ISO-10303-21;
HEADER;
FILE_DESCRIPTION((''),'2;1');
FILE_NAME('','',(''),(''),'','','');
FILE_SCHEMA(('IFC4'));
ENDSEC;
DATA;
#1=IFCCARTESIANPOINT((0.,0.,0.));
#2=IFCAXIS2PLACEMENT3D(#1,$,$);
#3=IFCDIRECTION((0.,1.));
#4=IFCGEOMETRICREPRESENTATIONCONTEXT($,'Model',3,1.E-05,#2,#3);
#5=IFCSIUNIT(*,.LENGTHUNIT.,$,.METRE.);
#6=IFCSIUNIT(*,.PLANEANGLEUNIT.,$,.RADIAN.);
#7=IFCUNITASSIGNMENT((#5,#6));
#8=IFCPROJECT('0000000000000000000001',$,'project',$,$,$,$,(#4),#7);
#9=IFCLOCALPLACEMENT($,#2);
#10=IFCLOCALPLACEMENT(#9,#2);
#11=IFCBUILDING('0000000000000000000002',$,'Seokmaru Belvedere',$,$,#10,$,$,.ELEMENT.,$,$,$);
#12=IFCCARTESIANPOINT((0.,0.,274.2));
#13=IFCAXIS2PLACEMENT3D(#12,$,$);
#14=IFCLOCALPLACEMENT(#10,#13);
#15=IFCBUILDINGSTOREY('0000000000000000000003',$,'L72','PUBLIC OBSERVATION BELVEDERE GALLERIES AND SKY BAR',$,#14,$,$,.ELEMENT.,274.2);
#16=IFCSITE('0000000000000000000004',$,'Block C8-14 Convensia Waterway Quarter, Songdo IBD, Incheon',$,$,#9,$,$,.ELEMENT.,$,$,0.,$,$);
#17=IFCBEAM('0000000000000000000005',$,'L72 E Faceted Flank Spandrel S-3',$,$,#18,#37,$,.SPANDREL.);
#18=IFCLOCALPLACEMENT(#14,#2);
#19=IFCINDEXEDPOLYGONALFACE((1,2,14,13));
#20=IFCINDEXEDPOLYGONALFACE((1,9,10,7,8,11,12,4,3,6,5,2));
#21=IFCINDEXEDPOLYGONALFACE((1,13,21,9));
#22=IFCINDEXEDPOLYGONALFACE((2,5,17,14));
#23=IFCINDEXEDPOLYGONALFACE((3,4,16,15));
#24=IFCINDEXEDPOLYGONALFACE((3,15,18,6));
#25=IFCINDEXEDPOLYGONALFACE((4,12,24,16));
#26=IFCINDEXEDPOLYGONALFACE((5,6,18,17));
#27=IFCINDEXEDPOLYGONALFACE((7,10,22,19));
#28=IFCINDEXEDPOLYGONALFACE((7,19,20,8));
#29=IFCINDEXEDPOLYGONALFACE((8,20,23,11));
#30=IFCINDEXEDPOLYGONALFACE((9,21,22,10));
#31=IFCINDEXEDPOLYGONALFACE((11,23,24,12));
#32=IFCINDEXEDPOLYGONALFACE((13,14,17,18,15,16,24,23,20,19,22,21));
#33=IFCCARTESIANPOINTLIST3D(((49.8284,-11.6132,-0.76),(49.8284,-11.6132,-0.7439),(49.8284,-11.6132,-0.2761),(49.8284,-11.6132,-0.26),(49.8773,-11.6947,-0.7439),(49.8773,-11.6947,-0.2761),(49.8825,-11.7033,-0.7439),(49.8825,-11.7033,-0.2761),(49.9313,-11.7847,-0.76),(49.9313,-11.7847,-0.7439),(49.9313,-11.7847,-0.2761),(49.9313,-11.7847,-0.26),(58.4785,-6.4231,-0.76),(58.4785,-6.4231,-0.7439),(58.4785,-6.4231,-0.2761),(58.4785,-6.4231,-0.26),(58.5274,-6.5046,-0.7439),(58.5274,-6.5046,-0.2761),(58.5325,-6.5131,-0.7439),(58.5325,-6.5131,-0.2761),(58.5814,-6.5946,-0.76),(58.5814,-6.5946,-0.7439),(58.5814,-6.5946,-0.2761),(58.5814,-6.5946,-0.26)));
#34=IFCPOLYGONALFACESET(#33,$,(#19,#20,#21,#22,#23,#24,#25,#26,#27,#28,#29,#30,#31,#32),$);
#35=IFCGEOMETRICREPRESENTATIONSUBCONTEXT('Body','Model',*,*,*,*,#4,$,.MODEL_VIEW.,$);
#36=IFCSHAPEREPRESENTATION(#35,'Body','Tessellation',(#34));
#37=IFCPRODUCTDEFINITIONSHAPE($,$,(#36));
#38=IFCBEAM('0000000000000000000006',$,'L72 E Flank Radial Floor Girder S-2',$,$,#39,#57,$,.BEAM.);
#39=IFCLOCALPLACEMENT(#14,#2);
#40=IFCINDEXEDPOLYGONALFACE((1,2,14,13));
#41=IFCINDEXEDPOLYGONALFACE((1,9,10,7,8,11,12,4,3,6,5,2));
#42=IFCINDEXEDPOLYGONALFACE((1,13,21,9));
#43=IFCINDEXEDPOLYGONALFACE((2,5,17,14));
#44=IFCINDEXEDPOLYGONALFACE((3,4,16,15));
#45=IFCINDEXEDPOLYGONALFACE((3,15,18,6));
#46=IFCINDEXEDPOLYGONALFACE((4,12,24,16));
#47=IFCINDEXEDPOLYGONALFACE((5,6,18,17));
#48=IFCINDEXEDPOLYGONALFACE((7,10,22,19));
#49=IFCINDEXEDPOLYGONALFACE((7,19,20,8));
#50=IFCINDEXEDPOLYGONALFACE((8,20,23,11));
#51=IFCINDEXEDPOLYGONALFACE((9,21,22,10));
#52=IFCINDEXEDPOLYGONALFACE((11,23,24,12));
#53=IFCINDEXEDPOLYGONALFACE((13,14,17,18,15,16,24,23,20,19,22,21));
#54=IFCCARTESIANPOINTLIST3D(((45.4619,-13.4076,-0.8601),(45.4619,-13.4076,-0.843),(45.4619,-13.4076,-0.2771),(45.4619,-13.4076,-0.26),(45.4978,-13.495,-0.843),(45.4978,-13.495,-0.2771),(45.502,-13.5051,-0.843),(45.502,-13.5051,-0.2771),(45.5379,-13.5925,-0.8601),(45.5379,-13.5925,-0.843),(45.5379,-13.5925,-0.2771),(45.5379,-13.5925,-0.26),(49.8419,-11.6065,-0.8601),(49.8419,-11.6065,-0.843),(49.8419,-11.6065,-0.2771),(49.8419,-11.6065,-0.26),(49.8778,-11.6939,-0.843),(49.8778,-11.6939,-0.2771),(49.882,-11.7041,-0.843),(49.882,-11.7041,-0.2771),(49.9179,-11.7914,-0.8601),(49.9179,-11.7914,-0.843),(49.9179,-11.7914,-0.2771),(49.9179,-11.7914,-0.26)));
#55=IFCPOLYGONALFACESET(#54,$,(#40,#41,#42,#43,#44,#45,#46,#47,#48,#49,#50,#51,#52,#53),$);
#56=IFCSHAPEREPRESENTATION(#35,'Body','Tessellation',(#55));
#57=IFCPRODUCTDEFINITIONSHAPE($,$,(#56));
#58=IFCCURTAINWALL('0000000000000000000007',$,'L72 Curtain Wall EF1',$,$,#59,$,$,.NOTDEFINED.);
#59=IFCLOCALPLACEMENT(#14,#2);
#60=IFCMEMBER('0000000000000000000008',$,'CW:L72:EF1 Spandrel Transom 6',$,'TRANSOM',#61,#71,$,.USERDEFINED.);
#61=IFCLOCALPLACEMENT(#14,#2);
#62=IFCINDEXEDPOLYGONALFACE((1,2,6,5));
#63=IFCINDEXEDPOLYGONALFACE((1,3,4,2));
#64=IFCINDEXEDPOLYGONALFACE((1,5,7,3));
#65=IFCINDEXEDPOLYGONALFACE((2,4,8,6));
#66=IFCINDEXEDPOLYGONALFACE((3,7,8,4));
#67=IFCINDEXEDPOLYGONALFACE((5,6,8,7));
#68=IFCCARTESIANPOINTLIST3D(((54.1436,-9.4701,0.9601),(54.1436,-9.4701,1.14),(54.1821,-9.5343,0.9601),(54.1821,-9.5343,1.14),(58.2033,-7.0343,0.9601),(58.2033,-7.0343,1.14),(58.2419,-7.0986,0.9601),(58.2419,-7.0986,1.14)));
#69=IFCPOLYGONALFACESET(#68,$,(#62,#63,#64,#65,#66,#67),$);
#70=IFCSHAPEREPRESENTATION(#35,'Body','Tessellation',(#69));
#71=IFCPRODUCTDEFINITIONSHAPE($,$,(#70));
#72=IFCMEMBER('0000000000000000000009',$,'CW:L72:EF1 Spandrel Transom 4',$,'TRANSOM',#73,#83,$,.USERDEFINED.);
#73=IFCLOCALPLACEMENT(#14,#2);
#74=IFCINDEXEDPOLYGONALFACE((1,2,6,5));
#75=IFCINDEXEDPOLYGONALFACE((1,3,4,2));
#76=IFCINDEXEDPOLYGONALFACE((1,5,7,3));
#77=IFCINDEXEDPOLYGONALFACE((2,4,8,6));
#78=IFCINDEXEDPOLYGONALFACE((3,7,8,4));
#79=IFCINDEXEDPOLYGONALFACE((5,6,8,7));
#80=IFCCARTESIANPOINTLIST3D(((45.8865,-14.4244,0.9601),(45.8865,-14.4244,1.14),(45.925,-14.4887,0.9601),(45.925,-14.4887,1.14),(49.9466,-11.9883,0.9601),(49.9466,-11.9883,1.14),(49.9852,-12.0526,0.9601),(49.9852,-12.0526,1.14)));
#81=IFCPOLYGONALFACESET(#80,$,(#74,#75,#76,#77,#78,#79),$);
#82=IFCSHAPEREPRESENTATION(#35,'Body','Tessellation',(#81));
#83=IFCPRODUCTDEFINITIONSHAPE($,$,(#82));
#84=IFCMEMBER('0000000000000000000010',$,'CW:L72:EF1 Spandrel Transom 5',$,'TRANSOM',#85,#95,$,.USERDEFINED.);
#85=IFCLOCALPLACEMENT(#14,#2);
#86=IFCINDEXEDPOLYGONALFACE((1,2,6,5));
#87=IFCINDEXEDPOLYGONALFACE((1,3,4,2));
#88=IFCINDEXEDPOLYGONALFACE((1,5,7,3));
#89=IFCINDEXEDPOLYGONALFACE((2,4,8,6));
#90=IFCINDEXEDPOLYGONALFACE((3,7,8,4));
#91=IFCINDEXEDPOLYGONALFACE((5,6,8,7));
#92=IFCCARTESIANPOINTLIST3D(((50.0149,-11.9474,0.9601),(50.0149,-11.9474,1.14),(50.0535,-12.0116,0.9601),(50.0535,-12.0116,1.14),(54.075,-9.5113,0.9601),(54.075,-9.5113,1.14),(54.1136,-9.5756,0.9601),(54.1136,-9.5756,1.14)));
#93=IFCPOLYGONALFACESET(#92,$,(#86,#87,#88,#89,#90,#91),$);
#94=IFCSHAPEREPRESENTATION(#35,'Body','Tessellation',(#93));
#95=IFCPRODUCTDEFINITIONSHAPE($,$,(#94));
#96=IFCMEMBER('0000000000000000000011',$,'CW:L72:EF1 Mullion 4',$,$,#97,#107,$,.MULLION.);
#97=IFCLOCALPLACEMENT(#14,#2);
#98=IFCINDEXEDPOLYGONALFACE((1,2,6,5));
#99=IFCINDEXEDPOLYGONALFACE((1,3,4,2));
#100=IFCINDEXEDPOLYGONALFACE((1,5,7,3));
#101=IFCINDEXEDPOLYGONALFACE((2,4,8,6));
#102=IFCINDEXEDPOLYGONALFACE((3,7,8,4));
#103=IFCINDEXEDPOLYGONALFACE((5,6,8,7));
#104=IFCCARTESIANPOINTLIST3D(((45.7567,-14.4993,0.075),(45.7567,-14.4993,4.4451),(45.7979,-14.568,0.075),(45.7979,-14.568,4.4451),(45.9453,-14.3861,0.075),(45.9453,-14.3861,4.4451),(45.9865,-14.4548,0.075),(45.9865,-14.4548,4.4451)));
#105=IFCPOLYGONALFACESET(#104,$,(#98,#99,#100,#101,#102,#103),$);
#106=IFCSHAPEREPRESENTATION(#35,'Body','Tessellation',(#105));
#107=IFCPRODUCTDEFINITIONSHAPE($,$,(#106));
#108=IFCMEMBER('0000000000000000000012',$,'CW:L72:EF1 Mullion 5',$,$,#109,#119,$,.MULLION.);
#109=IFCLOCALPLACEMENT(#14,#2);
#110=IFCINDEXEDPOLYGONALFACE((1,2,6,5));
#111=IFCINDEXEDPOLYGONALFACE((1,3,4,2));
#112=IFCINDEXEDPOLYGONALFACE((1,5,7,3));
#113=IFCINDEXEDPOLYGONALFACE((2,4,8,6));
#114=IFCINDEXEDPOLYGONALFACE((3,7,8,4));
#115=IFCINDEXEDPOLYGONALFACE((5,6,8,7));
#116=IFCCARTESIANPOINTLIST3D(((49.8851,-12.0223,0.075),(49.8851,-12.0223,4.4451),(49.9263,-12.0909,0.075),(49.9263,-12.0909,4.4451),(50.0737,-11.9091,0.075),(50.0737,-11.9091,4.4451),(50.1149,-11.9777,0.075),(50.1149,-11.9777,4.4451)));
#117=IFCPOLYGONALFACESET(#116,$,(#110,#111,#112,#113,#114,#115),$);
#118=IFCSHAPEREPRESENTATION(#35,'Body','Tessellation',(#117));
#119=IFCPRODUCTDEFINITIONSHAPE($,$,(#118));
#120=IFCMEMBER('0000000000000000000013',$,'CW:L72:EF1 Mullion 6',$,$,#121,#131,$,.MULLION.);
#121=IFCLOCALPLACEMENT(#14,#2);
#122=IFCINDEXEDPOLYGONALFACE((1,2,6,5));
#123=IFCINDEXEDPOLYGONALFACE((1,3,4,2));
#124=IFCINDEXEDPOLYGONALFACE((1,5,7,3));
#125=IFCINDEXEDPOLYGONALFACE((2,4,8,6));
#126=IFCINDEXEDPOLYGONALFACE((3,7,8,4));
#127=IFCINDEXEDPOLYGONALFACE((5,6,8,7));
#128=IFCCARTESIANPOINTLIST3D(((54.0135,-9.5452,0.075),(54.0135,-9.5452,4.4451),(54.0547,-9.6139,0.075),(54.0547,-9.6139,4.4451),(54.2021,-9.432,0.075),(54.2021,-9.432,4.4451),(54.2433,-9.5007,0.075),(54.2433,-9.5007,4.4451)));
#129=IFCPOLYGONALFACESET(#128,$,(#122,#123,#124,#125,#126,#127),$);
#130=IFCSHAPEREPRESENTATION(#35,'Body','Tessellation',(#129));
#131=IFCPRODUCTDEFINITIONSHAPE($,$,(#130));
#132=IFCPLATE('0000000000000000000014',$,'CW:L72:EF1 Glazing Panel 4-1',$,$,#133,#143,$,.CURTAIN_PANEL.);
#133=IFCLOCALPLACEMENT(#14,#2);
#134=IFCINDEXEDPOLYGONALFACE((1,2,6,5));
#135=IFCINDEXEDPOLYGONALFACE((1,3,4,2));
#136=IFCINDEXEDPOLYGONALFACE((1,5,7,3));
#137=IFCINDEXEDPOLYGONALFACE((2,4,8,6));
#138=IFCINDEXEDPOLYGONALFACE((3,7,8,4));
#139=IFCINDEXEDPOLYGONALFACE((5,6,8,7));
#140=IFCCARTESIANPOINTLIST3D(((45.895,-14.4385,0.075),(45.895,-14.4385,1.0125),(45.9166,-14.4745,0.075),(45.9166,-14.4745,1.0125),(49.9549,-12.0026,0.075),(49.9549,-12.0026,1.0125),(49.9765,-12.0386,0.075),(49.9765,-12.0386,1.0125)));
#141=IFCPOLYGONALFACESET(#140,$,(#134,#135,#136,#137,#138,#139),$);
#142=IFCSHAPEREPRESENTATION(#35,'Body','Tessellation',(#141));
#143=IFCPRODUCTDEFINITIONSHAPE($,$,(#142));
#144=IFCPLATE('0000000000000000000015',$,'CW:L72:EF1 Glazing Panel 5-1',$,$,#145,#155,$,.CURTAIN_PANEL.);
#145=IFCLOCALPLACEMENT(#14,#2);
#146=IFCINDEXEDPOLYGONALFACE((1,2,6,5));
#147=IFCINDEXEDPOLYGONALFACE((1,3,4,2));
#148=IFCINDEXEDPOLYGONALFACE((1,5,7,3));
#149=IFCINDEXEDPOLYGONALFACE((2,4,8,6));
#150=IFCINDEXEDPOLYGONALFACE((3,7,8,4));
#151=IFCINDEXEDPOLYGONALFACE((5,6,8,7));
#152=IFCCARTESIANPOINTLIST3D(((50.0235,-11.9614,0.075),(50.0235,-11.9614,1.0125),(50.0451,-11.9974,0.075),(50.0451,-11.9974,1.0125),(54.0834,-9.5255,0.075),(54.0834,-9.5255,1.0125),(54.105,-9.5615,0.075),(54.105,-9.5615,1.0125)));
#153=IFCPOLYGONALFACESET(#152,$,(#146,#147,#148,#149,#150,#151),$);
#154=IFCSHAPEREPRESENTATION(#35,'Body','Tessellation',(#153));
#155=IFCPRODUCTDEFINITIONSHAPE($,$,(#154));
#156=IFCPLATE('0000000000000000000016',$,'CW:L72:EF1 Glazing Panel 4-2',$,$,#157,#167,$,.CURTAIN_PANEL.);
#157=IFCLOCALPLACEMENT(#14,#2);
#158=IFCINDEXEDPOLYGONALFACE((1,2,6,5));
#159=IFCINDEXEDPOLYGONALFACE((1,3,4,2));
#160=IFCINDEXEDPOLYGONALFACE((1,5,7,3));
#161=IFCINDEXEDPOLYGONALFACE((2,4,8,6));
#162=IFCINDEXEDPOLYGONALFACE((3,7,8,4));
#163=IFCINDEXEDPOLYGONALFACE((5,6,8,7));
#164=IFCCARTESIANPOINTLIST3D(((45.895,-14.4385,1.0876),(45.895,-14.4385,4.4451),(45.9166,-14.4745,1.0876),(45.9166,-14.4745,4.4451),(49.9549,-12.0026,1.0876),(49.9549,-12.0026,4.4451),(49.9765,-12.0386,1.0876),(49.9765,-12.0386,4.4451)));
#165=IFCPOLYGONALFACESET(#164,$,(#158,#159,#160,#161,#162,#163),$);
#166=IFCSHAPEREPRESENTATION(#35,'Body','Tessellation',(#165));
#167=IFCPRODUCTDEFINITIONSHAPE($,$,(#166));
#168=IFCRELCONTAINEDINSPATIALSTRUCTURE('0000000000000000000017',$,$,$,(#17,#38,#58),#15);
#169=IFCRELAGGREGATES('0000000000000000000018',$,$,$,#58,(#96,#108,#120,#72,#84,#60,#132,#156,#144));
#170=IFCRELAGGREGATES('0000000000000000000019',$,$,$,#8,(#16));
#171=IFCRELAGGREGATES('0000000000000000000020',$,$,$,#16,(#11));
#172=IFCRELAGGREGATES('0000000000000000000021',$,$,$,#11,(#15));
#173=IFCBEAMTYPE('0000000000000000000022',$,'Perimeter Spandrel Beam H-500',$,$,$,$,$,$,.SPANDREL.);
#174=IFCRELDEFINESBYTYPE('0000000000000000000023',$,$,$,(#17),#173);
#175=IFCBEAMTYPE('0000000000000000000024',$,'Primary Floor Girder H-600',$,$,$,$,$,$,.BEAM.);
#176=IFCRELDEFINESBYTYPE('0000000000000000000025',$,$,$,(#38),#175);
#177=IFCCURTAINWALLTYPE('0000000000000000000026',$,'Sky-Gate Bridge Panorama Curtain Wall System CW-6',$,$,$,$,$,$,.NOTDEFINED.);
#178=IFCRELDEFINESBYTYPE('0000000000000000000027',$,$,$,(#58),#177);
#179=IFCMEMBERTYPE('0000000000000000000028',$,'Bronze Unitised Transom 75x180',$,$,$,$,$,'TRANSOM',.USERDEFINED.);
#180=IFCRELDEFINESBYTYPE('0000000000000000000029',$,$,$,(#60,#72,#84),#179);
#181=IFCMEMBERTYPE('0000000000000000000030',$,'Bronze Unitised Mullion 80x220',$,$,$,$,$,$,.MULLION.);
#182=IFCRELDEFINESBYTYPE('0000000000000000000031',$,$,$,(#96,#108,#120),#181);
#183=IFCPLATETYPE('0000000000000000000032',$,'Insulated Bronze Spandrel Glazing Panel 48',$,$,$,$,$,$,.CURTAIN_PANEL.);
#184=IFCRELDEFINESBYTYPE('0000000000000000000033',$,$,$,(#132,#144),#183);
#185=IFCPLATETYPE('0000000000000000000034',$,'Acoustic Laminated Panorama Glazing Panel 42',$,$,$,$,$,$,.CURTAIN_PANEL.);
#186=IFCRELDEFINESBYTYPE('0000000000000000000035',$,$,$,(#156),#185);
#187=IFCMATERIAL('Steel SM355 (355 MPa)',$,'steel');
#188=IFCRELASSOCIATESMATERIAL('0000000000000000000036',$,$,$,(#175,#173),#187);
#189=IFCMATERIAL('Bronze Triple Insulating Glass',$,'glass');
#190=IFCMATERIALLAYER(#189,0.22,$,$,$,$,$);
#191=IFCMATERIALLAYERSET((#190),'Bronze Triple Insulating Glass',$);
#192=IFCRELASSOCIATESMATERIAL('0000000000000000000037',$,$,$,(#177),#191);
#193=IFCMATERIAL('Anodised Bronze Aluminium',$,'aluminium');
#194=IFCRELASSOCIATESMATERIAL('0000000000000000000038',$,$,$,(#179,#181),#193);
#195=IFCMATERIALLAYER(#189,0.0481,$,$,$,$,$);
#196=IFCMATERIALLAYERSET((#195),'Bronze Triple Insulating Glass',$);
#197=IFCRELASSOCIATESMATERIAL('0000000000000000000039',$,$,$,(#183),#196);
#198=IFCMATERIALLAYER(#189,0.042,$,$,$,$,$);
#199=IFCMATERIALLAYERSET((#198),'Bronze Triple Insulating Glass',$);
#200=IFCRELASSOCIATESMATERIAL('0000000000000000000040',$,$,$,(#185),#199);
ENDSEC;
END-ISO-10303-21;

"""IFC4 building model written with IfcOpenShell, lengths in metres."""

from ifc_helpers import new_model, si_unit, direction, frame, origin, origin_2d, place, context, subcontext, project, spatial, rectangle, i_section, extrude, source, transform, mapped, material, layer, layer_set, material_profile, profile_set, type_object, type_shapes, element, aggregate, save


model = new_model("IFC4")

# Units and contexts
model_context = context("Model", 3, precision=1e-05, world=origin(), true_north=direction((0.0, 1.0)))
body_context = subcontext(model_context, "Body", "Model", "MODEL_VIEW")
ifc_project = project(units=[si_unit("LENGTHUNIT", "METRE"), si_unit("PLANEANGLEUNIT", "RADIAN")], contexts=[model_context])

# Site, building, storey
site_placement = place(None, origin())
site = spatial("IfcSite", under=ifc_project, at=site_placement, Name="Block C8-14 Convensia Waterway Quarter, Songdo IBD, Incheon", CompositionType="ELEMENT", RefElevation=0.0)
building_placement = place(site_placement, origin())
building = spatial("IfcBuilding", under=site, at=building_placement, Name="Seokmaru Belvedere", CompositionType="ELEMENT")
storey_placement = place(building_placement, frame((0.0, 0.0, 274.2)))
storey = spatial("IfcBuildingStorey", under=building, at=storey_placement, Name="L72", Description="PUBLIC OBSERVATION BELVEDERE GALLERIES AND SKY BAR", CompositionType="ELEMENT", Elevation=274.2)

# Shared definitions
ifc_material_1 = material(Name="Steel SM355 (355 MPa)", Category="steel")

# Beams
ifc_material_profile_1 = material_profile(ifc_material_1, i_section(OverallWidth=0.2, OverallDepth=0.6001, WebThickness=0.011, FlangeThickness=0.0171, at=origin_2d()), Name="H-600x200x11x17")
ifc_profile_set_1 = profile_set([ifc_material_profile_1], Name="Steel SM355 (355 MPa)")
beam_type_1 = type_object("IfcBeamType", Name="Primary Floor Girder H-600", PredefinedType="BEAM", material=ifc_profile_set_1)
ifc_material_profile_2 = material_profile(ifc_material_1, i_section(OverallWidth=0.2, OverallDepth=0.5, WebThickness=0.01, FlangeThickness=0.0161, at=origin_2d()), Name="H-500x200x10x16")
ifc_profile_set_2 = profile_set([ifc_material_profile_2], Name="Steel SM355 (355 MPa)")
beam_type_2 = type_object("IfcBeamType", Name="Perimeter Spandrel Beam H-500", PredefinedType="SPANDREL", material=ifc_profile_set_2)
shared_shape_1 = source(origin(), body_context, "Body", "SweptSolid", [
    extrude(i_section(OverallWidth=0.2, OverallDepth=0.5, WebThickness=0.01, FlangeThickness=0.0161, at=origin_2d()), origin(), (0.0, 0.0, 1.0), 10.0876),
])
type_shapes(beam_type_2, [shared_shape_1])
beam_1_placement = place(storey_placement, frame((49.8799, -11.699, -0.51), z_axis=(0.857489, 0.514503, 0.0), x_axis=(-0.514503, 0.857489, 0.0)))
element("IfcBeam", 1, at=beam_1_placement, inside=storey, type_object=beam_type_2, Name="L72 E Faceted Flank Spandrel S-3", PredefinedType="SPANDREL", context=body_context, shape_type="MappedRepresentation", body=[
    mapped(shared_shape_1, transform((0.0, 0.0, 0.0), scale=1.0)),
])
shared_shape_2 = source(origin(), body_context, "Body", "SweptSolid", [
    extrude(i_section(OverallWidth=0.2, OverallDepth=0.6001, WebThickness=0.011, FlangeThickness=0.0171, at=origin_2d()), origin(), (0.0, 0.0, 1.0), 4.7358),
])
beam_2_placement = place(storey_placement, frame((49.8799, -11.699, -0.5601), z_axis=(-0.924861, -0.380306, 0.0), x_axis=(0.380306, -0.924861, 0.0)))
element("IfcBeam", 2, at=beam_2_placement, inside=storey, type_object=beam_type_1, Name="L72 E Flank Radial Floor Girder S-2", PredefinedType="BEAM", context=body_context, shape_type="MappedRepresentation", body=[
    mapped(shared_shape_2, transform((0.0, 0.0, 0.0), scale=1.0)),
])

# Curtain wall, members, plates
ifc_material_2 = material(Name="Bronze Triple Insulating Glass", Category="glass")
ifc_layer_1 = layer(ifc_material_2, 0.22)
ifc_layer_set_1 = layer_set([ifc_layer_1], Name="Bronze Triple Insulating Glass")
curtain_wall_type = type_object("IfcCurtainWallType", Name="Sky-Gate Bridge Panorama Curtain Wall System CW-6", PredefinedType="NOTDEFINED", material=ifc_layer_set_1)
curtain_wall_placement = place(storey_placement, origin())
curtain_wall = element("IfcCurtainWall", 3, at=curtain_wall_placement, inside=storey, type_object=curtain_wall_type, Name="L72 Curtain Wall EF1", PredefinedType="NOTDEFINED")
ifc_material_3 = material(Name="Anodised Bronze Aluminium", Category="aluminium")
ifc_material_profile_3 = material_profile(ifc_material_3, rectangle(XDim=0.075, YDim=0.1799, at=origin_2d()), Name="CW-T-75x180")
ifc_profile_set_3 = profile_set([ifc_material_profile_3], Name="Anodised Bronze Aluminium")
member_type_1 = type_object("IfcMemberType", Name="Bronze Unitised Transom 75x180", ElementType="TRANSOM", PredefinedType="USERDEFINED", material=ifc_profile_set_3)
shared_shape_3 = source(origin(), body_context, "Body", "SweptSolid", [
    extrude(rectangle(XDim=0.075, YDim=0.1799, at=origin_2d()), origin(), (0.0, 0.0, 1.0), 4.7344),
])
member_1_placement = place(storey_placement, frame((54.1628, -9.5022, 1.05), z_axis=(0.857502, 0.514481, 0.0), x_axis=(-0.514481, 0.857502, 0.0)))
member_1 = element("IfcMember", 4, at=member_1_placement, type_object=member_type_1, Name="CW:L72:EF1 Spandrel Transom 6", ObjectType="TRANSOM", PredefinedType="USERDEFINED", context=body_context, shape_type="MappedRepresentation", body=[
    mapped(shared_shape_3, transform((0.0, 0.0, 0.0), scale=1.0)),
])
shared_shape_4 = source(origin(), body_context, "Body", "SweptSolid", [
    extrude(rectangle(XDim=0.075, YDim=0.1799, at=origin_2d()), origin(), (0.0, 0.0, 1.0), 4.7349),
])
type_shapes(member_type_1, [shared_shape_3, shared_shape_4])
member_2_placement = place(storey_placement, frame((45.9058, -14.4565, 1.05), z_axis=(0.857493, 0.514496, 0.0), x_axis=(-0.514496, 0.857493, 0.0)))
member_2 = element("IfcMember", 5, at=member_2_placement, type_object=member_type_1, Name="CW:L72:EF1 Spandrel Transom 4", ObjectType="TRANSOM", PredefinedType="USERDEFINED", context=body_context, shape_type="MappedRepresentation", body=[
    mapped(shared_shape_4, transform((0.0, 0.0, 0.0), scale=1.0)),
])
member_3_placement = place(storey_placement, frame((50.0342, -11.9795, 1.05), z_axis=(0.857493, 0.514496, 0.0), x_axis=(-0.514496, 0.857493, 0.0)))
member_3 = element("IfcMember", 6, at=member_3_placement, type_object=member_type_1, Name="CW:L72:EF1 Spandrel Transom 5", ObjectType="TRANSOM", PredefinedType="USERDEFINED", context=body_context, shape_type="MappedRepresentation", body=[
    mapped(shared_shape_4, transform((0.0, 0.0, 0.0), scale=1.0)),
])
ifc_material_profile_4 = material_profile(ifc_material_3, rectangle(XDim=0.0801, YDim=0.22, at=origin_2d()), Name="CW-M-80x220")
ifc_profile_set_4 = profile_set([ifc_material_profile_4], Name="Anodised Bronze Aluminium")
member_type_2 = type_object("IfcMemberType", Name="Bronze Unitised Mullion 80x220", PredefinedType="MULLION", material=ifc_profile_set_4)
shared_shape_5 = source(origin(), body_context, "Body", "SweptSolid", [
    extrude(rectangle(XDim=0.0801, YDim=0.22, at=origin_2d()), origin(), (0.0, 0.0, 1.0), 4.3701),
])
type_shapes(member_type_2, [shared_shape_5])
member_4_placement = place(storey_placement, frame((45.8716, -14.4771, 0.075), z_axis=(0.0, 0.0, 1.0), x_axis=(-0.514495, 0.857493, 0.0)))
member_4 = element("IfcMember", 7, at=member_4_placement, type_object=member_type_2, Name="CW:L72:EF1 Mullion 4", PredefinedType="MULLION", context=body_context, shape_type="MappedRepresentation", body=[
    mapped(shared_shape_5, transform((0.0, 0.0, 0.0), scale=1.0)),
])
member_5_placement = place(storey_placement, frame((50.0, -12.0, 0.075), z_axis=(0.0, 0.0, 1.0), x_axis=(-0.514495, 0.857493, 0.0)))
member_5 = element("IfcMember", 8, at=member_5_placement, type_object=member_type_2, Name="CW:L72:EF1 Mullion 5", PredefinedType="MULLION", context=body_context, shape_type="MappedRepresentation", body=[
    mapped(shared_shape_5, transform((0.0, 0.0, 0.0), scale=1.0)),
])
member_6_placement = place(storey_placement, frame((54.1284, -9.5229, 0.075), z_axis=(0.0, 0.0, 1.0), x_axis=(-0.514495, 0.857493, 0.0)))
member_6 = element("IfcMember", 9, at=member_6_placement, type_object=member_type_2, Name="CW:L72:EF1 Mullion 6", PredefinedType="MULLION", context=body_context, shape_type="MappedRepresentation", body=[
    mapped(shared_shape_5, transform((0.0, 0.0, 0.0), scale=1.0)),
])
ifc_layer_2 = layer(ifc_material_2, 0.0481)
ifc_layer_set_2 = layer_set([ifc_layer_2], Name="Bronze Triple Insulating Glass")
plate_type_1 = type_object("IfcPlateType", Name="Insulated Bronze Spandrel Glazing Panel 48", PredefinedType="CURTAIN_PANEL", material=ifc_layer_set_2)
shared_shape_6 = source(origin(), body_context, "Body", "SweptSolid", [
    extrude(rectangle(XDim=4.7346, YDim=0.042, at=origin_2d()), origin(), (0.0, 0.0, 1.0), 0.9375),
])
type_shapes(plate_type_1, [shared_shape_6])
plate_1_placement = place(storey_placement, frame((47.9358, -13.2385, 0.075), z_axis=(0.0, 0.0, 1.0), x_axis=(0.857493, 0.514495, 0.0)))
plate_1 = element("IfcPlate", 10, at=plate_1_placement, type_object=plate_type_1, Name="CW:L72:EF1 Glazing Panel 4-1", PredefinedType="CURTAIN_PANEL", context=body_context, shape_type="MappedRepresentation", body=[
    mapped(shared_shape_6, transform((0.0, 0.0, 0.0), scale=1.0)),
])
plate_2_placement = place(storey_placement, frame((52.0642, -10.7615, 0.075), z_axis=(0.0, 0.0, 1.0), x_axis=(0.857493, 0.514495, 0.0)))
plate_2 = element("IfcPlate", 11, at=plate_2_placement, type_object=plate_type_1, Name="CW:L72:EF1 Glazing Panel 5-1", PredefinedType="CURTAIN_PANEL", context=body_context, shape_type="MappedRepresentation", body=[
    mapped(shared_shape_6, transform((0.0, 0.0, 0.0), scale=1.0)),
])
ifc_layer_3 = layer(ifc_material_2, 0.042)
ifc_layer_set_3 = layer_set([ifc_layer_3], Name="Bronze Triple Insulating Glass")
plate_type_2 = type_object("IfcPlateType", Name="Acoustic Laminated Panorama Glazing Panel 42", PredefinedType="CURTAIN_PANEL", material=ifc_layer_set_3)
shared_shape_7 = source(origin(), body_context, "Body", "SweptSolid", [
    extrude(rectangle(XDim=4.7346, YDim=0.042, at=origin_2d()), origin(), (0.0, 0.0, 1.0), 3.3574),
])
type_shapes(plate_type_2, [shared_shape_7])
plate_3_placement = place(storey_placement, frame((47.9358, -13.2385, 1.0876), z_axis=(0.0, 0.0, 1.0), x_axis=(0.857493, 0.514495, 0.0)))
plate_3 = element("IfcPlate", 12, at=plate_3_placement, type_object=plate_type_2, Name="CW:L72:EF1 Glazing Panel 4-2", PredefinedType="CURTAIN_PANEL", context=body_context, shape_type="MappedRepresentation", body=[
    mapped(shared_shape_7, transform((0.0, 0.0, 0.0), scale=1.0)),
])
aggregate(curtain_wall, [member_4, member_5, member_6, member_2, member_3, member_1, plate_1, plate_3, plate_2])

save(model, "model.ifc")
